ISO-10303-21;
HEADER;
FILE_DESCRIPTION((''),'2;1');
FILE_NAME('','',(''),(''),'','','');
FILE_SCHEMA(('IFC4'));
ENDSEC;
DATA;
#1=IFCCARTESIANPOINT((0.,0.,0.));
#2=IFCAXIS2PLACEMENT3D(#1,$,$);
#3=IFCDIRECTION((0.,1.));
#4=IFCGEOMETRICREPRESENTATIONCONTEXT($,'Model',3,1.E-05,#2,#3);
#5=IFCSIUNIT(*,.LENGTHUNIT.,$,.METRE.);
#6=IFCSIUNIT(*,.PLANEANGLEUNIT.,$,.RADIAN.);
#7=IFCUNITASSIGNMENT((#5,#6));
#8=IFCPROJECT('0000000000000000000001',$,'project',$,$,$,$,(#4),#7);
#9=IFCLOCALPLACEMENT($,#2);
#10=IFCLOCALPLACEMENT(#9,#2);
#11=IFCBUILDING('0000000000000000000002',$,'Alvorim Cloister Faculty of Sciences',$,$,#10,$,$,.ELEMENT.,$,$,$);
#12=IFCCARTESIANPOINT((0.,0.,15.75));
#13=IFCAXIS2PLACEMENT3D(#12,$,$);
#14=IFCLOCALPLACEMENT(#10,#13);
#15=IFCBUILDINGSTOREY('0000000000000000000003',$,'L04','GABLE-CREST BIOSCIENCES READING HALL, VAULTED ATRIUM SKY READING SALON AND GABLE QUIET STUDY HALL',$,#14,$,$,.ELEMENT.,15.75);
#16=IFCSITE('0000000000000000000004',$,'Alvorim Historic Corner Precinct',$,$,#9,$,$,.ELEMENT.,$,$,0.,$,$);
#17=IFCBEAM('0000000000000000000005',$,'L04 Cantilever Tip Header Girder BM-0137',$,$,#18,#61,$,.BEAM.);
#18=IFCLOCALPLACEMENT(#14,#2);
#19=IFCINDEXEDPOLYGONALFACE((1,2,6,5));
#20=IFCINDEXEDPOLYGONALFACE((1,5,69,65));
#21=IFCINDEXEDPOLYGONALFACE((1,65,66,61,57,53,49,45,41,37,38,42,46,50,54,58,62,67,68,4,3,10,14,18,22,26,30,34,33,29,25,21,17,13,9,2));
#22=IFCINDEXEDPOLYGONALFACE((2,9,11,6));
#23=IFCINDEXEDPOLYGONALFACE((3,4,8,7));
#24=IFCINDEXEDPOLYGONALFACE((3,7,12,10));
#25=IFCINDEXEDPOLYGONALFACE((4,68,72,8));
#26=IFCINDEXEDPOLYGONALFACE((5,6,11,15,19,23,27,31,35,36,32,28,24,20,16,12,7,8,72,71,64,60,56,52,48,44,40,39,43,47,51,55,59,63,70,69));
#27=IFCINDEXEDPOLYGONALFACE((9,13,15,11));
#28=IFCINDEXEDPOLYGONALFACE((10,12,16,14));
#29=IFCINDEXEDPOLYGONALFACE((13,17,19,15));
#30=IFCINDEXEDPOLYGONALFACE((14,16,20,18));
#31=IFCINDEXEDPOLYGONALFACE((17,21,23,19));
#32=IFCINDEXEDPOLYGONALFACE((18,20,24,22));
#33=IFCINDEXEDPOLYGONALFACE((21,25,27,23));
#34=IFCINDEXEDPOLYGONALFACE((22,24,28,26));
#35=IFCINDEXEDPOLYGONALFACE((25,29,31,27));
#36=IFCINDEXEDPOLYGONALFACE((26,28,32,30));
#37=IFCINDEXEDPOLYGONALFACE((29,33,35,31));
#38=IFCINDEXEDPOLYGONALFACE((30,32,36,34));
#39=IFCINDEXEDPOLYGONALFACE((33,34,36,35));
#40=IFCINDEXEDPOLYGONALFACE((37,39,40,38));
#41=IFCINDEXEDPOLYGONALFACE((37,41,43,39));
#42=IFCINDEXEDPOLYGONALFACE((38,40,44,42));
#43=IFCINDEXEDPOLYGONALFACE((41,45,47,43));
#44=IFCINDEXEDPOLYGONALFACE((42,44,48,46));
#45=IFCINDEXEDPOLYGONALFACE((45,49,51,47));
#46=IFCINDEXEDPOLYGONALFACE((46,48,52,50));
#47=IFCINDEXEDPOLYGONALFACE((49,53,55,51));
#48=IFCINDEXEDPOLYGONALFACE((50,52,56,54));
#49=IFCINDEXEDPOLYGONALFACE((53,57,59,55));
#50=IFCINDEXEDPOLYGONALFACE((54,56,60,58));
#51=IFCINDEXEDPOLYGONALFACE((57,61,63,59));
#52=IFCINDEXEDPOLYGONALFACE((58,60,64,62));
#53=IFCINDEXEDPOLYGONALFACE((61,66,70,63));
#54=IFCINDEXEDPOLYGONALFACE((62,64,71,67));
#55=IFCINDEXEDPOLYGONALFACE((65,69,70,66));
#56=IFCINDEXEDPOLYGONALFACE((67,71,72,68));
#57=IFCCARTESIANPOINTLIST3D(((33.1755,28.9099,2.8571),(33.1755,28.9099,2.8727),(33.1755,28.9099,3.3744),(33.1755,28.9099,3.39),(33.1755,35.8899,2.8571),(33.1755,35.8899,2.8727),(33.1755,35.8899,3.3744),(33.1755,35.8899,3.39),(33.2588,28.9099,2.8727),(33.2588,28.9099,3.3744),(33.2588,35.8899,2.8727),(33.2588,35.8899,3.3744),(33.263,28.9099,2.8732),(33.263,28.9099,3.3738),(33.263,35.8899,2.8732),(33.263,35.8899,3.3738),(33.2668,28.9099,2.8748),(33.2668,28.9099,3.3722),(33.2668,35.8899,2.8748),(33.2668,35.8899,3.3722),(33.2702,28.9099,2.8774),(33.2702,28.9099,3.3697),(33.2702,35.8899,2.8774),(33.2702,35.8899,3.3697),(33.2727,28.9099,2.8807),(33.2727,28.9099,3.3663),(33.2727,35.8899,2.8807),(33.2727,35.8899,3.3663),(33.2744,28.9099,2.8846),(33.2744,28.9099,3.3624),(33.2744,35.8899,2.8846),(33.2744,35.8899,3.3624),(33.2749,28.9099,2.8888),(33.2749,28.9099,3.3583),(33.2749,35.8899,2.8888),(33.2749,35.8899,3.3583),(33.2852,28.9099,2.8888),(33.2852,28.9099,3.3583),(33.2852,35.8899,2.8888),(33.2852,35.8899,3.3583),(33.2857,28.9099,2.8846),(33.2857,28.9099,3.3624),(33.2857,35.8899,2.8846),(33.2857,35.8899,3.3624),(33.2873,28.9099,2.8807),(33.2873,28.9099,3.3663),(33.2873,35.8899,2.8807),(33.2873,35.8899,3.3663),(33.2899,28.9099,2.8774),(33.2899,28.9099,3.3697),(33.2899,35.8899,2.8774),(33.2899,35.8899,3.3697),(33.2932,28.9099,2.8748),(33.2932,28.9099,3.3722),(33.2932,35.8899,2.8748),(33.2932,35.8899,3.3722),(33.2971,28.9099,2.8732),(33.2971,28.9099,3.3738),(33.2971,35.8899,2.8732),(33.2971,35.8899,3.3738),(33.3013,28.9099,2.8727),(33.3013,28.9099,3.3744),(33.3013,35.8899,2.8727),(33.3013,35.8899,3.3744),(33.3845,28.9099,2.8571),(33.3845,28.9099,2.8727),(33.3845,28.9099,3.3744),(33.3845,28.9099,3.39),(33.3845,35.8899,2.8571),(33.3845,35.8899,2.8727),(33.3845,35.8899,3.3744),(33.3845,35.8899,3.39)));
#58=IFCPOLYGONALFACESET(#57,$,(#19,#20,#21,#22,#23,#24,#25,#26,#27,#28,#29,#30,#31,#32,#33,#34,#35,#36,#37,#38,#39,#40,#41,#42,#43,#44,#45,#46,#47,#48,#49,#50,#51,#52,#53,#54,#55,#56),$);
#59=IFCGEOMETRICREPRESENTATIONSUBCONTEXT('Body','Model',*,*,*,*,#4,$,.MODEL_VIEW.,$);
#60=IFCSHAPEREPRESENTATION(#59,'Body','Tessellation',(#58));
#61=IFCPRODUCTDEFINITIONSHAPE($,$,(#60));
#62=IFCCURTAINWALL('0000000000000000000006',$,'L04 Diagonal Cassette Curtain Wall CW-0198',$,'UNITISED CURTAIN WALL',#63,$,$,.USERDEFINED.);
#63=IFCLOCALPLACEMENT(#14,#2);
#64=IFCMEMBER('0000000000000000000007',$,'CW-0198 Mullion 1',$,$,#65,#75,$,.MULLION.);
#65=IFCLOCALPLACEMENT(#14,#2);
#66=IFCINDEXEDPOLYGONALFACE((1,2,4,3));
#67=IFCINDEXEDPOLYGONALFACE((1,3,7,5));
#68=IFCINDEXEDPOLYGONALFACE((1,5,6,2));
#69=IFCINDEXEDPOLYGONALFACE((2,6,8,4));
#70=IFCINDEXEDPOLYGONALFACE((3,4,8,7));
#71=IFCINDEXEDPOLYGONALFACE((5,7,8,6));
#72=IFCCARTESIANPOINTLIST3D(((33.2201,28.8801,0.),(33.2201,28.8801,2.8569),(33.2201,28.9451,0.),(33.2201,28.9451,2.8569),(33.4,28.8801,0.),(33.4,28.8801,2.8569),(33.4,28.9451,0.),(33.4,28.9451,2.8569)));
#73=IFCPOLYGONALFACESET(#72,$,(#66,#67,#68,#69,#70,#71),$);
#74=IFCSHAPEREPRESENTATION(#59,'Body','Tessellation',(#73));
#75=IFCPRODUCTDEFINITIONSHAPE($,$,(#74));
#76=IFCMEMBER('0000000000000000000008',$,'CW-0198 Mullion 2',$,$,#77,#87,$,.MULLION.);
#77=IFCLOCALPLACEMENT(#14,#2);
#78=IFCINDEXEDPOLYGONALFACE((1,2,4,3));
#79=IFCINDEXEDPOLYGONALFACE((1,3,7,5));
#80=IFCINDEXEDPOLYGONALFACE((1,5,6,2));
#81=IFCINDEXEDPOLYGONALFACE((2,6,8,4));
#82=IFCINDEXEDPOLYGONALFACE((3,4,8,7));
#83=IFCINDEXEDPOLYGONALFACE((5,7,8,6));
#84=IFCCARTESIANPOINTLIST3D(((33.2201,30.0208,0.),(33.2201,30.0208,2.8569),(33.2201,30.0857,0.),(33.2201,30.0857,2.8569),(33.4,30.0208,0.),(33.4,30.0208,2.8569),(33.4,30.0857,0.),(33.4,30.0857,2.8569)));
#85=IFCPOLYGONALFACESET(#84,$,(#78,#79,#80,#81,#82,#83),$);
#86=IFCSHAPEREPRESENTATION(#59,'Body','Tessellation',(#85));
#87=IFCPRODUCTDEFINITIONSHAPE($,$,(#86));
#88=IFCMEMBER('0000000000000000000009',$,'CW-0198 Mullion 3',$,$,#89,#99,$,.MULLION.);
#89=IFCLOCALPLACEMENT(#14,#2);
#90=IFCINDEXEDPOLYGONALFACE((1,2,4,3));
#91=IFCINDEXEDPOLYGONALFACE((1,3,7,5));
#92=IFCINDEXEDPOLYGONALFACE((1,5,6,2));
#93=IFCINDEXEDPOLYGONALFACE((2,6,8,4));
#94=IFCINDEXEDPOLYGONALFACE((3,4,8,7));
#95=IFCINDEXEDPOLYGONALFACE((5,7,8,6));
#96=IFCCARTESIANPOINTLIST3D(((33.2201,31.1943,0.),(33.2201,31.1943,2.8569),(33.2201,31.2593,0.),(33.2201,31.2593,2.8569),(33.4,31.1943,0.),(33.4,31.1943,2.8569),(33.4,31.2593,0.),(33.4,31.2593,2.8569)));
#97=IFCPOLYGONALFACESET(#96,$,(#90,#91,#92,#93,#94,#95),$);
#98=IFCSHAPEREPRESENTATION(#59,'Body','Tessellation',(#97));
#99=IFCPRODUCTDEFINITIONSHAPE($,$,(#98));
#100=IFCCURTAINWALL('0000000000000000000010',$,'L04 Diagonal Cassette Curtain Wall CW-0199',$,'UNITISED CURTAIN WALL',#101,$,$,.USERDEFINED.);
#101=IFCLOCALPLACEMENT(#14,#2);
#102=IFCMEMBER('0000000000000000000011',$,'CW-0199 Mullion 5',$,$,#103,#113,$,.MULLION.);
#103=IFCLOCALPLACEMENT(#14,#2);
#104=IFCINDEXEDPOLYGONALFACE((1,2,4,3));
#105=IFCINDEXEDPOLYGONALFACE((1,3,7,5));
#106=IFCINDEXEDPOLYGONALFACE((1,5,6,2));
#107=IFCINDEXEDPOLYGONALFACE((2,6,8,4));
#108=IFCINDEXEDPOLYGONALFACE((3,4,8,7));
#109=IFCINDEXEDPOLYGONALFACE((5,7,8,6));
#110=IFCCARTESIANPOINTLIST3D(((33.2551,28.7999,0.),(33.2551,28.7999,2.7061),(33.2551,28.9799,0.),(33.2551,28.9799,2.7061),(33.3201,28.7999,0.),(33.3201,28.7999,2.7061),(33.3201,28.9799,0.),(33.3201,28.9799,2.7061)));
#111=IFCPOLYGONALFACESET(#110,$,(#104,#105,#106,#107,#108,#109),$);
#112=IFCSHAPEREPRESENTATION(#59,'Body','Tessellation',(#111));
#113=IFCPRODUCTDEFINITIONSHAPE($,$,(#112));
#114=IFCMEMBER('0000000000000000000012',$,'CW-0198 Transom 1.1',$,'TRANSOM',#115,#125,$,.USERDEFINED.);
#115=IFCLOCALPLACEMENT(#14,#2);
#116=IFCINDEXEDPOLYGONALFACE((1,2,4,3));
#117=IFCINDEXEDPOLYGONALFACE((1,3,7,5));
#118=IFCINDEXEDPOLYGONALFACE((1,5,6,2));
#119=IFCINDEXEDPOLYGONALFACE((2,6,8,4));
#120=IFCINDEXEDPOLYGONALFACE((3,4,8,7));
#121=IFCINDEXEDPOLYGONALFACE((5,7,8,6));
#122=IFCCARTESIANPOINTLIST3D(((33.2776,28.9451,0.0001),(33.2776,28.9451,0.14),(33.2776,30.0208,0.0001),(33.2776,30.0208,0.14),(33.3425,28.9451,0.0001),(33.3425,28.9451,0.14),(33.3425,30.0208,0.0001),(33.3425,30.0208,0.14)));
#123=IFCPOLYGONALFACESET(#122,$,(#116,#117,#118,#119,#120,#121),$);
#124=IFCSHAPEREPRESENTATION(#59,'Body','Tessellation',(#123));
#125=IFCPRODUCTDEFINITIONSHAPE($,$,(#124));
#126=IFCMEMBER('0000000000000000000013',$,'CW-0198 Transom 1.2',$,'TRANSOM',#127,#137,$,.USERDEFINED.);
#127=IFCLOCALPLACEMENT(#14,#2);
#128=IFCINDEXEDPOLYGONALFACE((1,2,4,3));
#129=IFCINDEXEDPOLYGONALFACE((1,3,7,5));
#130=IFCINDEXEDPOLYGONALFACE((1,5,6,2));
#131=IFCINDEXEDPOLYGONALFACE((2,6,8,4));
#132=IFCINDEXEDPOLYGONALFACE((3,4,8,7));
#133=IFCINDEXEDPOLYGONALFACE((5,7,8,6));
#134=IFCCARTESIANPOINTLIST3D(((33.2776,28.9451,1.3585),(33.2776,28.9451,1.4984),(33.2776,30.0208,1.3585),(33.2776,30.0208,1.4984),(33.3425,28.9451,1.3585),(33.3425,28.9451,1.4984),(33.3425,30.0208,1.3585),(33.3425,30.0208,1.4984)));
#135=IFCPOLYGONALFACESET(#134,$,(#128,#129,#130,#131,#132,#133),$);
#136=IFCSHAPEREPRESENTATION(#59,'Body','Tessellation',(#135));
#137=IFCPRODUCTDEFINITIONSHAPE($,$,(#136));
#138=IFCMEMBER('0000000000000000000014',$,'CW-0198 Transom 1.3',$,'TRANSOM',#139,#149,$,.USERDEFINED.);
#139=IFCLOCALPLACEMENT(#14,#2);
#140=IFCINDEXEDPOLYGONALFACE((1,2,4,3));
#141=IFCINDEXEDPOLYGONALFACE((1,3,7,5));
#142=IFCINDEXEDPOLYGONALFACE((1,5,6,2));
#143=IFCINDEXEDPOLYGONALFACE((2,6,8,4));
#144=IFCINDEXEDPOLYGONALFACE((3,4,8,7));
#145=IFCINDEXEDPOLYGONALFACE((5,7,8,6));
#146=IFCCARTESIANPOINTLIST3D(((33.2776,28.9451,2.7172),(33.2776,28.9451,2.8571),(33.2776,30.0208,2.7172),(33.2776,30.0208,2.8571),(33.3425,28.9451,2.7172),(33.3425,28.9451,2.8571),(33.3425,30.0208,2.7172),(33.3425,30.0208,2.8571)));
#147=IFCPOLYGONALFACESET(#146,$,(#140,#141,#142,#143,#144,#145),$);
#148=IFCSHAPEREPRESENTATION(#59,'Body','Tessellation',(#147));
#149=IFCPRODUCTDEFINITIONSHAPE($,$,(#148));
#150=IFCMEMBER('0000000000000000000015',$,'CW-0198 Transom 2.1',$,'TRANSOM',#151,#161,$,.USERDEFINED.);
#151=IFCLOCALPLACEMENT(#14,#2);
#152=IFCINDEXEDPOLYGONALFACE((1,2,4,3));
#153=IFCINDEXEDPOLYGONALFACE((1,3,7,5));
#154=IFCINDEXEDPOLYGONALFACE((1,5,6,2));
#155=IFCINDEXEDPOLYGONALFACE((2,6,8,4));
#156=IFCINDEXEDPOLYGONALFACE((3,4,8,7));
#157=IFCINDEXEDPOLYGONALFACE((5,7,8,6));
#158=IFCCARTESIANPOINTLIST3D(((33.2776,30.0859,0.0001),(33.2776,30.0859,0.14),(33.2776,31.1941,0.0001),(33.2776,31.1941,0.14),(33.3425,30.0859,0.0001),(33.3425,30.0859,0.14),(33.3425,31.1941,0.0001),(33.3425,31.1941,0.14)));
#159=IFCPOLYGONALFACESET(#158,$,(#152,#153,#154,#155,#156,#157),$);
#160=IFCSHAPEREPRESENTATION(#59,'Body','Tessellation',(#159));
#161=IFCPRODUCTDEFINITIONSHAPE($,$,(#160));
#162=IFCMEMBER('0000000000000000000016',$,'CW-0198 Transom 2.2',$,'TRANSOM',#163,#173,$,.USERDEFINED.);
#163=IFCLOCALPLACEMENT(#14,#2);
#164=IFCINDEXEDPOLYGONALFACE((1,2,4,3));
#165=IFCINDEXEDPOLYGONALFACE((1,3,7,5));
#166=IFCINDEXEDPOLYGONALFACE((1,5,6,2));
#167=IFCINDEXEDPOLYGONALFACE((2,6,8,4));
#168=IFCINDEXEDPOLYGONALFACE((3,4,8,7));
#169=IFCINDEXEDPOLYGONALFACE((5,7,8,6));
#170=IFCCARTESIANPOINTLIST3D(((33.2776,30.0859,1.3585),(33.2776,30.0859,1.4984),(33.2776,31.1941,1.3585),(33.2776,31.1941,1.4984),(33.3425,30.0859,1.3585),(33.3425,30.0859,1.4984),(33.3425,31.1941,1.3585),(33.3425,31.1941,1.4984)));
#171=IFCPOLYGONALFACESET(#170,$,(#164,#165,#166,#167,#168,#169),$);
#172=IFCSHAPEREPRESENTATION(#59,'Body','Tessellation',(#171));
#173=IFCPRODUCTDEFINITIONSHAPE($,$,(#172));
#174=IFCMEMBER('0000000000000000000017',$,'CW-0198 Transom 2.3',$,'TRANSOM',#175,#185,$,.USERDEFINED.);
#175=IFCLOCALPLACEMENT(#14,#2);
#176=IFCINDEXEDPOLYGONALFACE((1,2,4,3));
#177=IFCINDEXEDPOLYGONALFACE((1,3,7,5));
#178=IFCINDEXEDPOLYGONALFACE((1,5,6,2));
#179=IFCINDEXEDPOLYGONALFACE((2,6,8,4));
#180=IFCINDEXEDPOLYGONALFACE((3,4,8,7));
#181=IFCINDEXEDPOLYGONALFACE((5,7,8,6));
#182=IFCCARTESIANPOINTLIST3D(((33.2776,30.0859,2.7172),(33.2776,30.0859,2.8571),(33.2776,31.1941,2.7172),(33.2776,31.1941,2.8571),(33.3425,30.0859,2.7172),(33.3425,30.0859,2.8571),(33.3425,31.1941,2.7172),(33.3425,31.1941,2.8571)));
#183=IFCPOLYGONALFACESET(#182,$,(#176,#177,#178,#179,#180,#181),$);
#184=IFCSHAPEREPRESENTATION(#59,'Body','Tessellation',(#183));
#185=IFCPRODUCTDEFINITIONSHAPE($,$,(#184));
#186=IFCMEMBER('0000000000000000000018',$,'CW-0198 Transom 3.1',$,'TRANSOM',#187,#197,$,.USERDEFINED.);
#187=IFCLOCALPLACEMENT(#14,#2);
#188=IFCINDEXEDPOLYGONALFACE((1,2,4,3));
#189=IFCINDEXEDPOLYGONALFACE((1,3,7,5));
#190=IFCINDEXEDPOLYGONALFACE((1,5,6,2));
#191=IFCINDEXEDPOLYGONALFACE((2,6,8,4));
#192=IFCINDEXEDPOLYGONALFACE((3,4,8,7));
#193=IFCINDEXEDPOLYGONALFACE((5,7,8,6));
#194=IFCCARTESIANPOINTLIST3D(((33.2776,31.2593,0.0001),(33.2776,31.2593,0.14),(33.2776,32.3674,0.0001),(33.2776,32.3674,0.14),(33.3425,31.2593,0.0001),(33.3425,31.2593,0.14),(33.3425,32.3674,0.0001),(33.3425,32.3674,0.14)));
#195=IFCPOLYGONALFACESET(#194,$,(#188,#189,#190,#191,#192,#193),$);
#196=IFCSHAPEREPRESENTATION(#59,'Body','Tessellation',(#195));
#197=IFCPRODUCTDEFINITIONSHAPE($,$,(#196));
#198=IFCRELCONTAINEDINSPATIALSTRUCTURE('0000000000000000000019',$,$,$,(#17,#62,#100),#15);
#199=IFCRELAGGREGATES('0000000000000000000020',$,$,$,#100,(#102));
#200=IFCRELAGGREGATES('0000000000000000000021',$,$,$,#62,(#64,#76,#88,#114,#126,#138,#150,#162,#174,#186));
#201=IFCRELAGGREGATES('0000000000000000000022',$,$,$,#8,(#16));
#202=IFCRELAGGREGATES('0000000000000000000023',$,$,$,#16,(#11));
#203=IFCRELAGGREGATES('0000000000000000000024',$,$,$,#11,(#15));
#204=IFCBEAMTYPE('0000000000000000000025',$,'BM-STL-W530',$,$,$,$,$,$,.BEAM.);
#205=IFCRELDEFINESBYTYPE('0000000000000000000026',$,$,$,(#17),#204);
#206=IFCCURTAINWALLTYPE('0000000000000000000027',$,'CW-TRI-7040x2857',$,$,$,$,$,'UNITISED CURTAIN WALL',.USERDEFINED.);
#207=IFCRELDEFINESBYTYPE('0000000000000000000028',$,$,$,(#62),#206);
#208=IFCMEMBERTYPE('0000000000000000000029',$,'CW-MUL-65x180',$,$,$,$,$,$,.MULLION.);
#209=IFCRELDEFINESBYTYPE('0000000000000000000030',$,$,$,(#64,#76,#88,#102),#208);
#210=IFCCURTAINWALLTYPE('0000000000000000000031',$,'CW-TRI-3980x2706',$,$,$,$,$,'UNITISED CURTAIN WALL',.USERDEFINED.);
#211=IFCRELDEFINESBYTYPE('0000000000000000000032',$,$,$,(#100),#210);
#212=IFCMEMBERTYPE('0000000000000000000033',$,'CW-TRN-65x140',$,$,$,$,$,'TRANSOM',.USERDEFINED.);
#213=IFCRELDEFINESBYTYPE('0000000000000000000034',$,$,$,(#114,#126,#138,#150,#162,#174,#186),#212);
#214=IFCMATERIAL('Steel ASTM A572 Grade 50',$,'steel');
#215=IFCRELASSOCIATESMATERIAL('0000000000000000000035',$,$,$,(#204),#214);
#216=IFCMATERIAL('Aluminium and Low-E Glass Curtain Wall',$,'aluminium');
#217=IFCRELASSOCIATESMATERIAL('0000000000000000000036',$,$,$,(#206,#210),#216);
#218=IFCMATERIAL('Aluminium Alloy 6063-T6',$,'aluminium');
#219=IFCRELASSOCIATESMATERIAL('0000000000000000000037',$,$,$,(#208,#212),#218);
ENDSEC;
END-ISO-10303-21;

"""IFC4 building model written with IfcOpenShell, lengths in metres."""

from ifc_helpers import new_model, si_unit, direction, frame, origin, origin_2d, place, context, subcontext, project, spatial, rectangle, i_section, extrude, material, material_profile, profile_set, type_object, element, aggregate, save


model = new_model("IFC4")

# Units and contexts
model_context = context("Model", 3, precision=1e-05, world=origin(), true_north=direction((0.0, 1.0)))
body_context = subcontext(model_context, "Body", "Model", "MODEL_VIEW")
ifc_project = project(units=[si_unit("LENGTHUNIT", "METRE"), si_unit("PLANEANGLEUNIT", "RADIAN")], contexts=[model_context])

# Site, building, storey
site_placement = place(None, origin())
site = spatial("IfcSite", under=ifc_project, at=site_placement, Name="Alvorim Historic Corner Precinct", CompositionType="ELEMENT", RefElevation=0.0)
building_placement = place(site_placement, origin())
building = spatial("IfcBuilding", under=site, at=building_placement, Name="Alvorim Cloister Faculty of Sciences", CompositionType="ELEMENT")
storey_placement = place(building_placement, frame((0.0, 0.0, 15.75)))
storey = spatial("IfcBuildingStorey", under=building, at=storey_placement, Name="L04", Description="GABLE-CREST BIOSCIENCES READING HALL, VAULTED ATRIUM SKY READING SALON AND GABLE QUIET STUDY HALL", CompositionType="ELEMENT", Elevation=15.75)

# Beam
ifc_material_1 = material(Name="Steel ASTM A572 Grade 50", Category="steel")
ifc_material_profile_1 = material_profile(ifc_material_1, i_section(OverallWidth=0.209, OverallDepth=0.533, WebThickness=0.0103, FlangeThickness=0.0156, FilletRadius=0.0161, at=origin_2d()), Name="W530x92.0")
ifc_profile_set_1 = profile_set([ifc_material_profile_1], Name="Steel ASTM A572 Grade 50")
beam_type = type_object("IfcBeamType", Name="BM-STL-W530", PredefinedType="BEAM", material=ifc_profile_set_1)
beam_placement = place(storey_placement, frame((33.28, 28.9099, 3.1235), z_axis=(0.0, 1.0, 0.0), x_axis=(-1.0, 0.0, 0.0)))
element("IfcBeam", 1, at=beam_placement, inside=storey, type_object=beam_type, Name="L04 Cantilever Tip Header Girder BM-0137", PredefinedType="BEAM", context=body_context, shape_type="SweptSolid", body=[
    extrude(i_section(OverallWidth=0.209, OverallDepth=0.533, WebThickness=0.0103, FlangeThickness=0.0156, FilletRadius=0.0161, at=origin_2d()), origin(), (0.0, 0.0, 1.0), 6.98),
])

# Curtain wall, members
ifc_material_2 = material(Name="Aluminium and Low-E Glass Curtain Wall", Category="aluminium")
curtain_wall_type_1 = type_object("IfcCurtainWallType", Name="CW-TRI-7040x2857", ElementType="UNITISED CURTAIN WALL", PredefinedType="USERDEFINED", material=ifc_material_2)
curtain_wall_1_placement = place(storey_placement, origin())
curtain_wall_1 = element("IfcCurtainWall", 2, at=curtain_wall_1_placement, inside=storey, type_object=curtain_wall_type_1, Name="L04 Diagonal Cassette Curtain Wall CW-0198", ObjectType="UNITISED CURTAIN WALL", PredefinedType="USERDEFINED")
ifc_material_3 = material(Name="Aluminium Alloy 6063-T6", Category="aluminium")
ifc_material_profile_2 = material_profile(ifc_material_3, rectangle(XDim=0.0649, YDim=0.1799, at=origin_2d()), Name="ALU-MUL-65x180")
ifc_profile_set_2 = profile_set([ifc_material_profile_2], Name="Aluminium Alloy 6063-T6")
member_type_1 = type_object("IfcMemberType", Name="CW-MUL-65x180", PredefinedType="MULLION", material=ifc_profile_set_2)
member_1_placement = place(storey_placement, frame((33.3101, 28.9126, 0.0), z_axis=(0.0, 0.0, 1.0), x_axis=(0.0, 1.0, 0.0)))
member_1 = element("IfcMember", 3, at=member_1_placement, type_object=member_type_1, Name="CW-0198 Mullion 1", PredefinedType="MULLION", context=body_context, shape_type="SweptSolid", body=[
    extrude(rectangle(XDim=0.0649, YDim=0.1799, at=origin_2d()), origin(), (0.0, 0.0, 1.0), 2.8569),
])
member_2_placement = place(storey_placement, frame((33.3101, 30.0532, 0.0), z_axis=(0.0, 0.0, 1.0), x_axis=(0.0, 1.0, 0.0)))
member_2 = element("IfcMember", 4, at=member_2_placement, type_object=member_type_1, Name="CW-0198 Mullion 2", PredefinedType="MULLION", context=body_context, shape_type="SweptSolid", body=[
    extrude(rectangle(XDim=0.0649, YDim=0.1799, at=origin_2d()), origin(), (0.0, 0.0, 1.0), 2.8569),
])
member_3_placement = place(storey_placement, frame((33.3101, 31.2268, 0.0), z_axis=(0.0, 0.0, 1.0), x_axis=(0.0, 1.0, 0.0)))
member_3 = element("IfcMember", 5, at=member_3_placement, type_object=member_type_1, Name="CW-0198 Mullion 3", PredefinedType="MULLION", context=body_context, shape_type="SweptSolid", body=[
    extrude(rectangle(XDim=0.0649, YDim=0.1799, at=origin_2d()), origin(), (0.0, 0.0, 1.0), 2.8569),
])

# Curtain wall, member
curtain_wall_type_2 = type_object("IfcCurtainWallType", Name="CW-TRI-3980x2706", ElementType="UNITISED CURTAIN WALL", PredefinedType="USERDEFINED", material=ifc_material_2)
curtain_wall_2_placement = place(storey_placement, origin())
curtain_wall_2 = element("IfcCurtainWall", 6, at=curtain_wall_2_placement, inside=storey, type_object=curtain_wall_type_2, Name="L04 Diagonal Cassette Curtain Wall CW-0199", ObjectType="UNITISED CURTAIN WALL", PredefinedType="USERDEFINED")
member_4_placement = place(storey_placement, frame((33.2876, 28.8899, 0.0), z_axis=(0.0, 0.0, 1.0), x_axis=(1.0, 0.0, 0.0)))
member_4 = element("IfcMember", 7, at=member_4_placement, type_object=member_type_1, Name="CW-0199 Mullion 5", PredefinedType="MULLION", context=body_context, shape_type="SweptSolid", body=[
    extrude(rectangle(XDim=0.0649, YDim=0.1799, at=origin_2d()), origin(), (0.0, 0.0, 1.0), 2.7061),
])
aggregate(curtain_wall_2, [member_4])

# Members
ifc_material_profile_3 = material_profile(ifc_material_3, rectangle(XDim=0.0649, YDim=0.1399, at=origin_2d()), Name="ALU-TRN-65x140")
ifc_profile_set_3 = profile_set([ifc_material_profile_3], Name="Aluminium Alloy 6063-T6")
member_type_2 = type_object("IfcMemberType", Name="CW-TRN-65x140", ElementType="TRANSOM", PredefinedType="USERDEFINED", material=ifc_profile_set_3)
member_5_placement = place(storey_placement, frame((33.3101, 28.9451, 0.0701), z_axis=(0.0, 1.0, 0.0), x_axis=(-1.0, 0.0, 0.0)))
member_5 = element("IfcMember", 8, at=member_5_placement, type_object=member_type_2, Name="CW-0198 Transom 1.1", ObjectType="TRANSOM", PredefinedType="USERDEFINED", context=body_context, shape_type="SweptSolid", body=[
    extrude(rectangle(XDim=0.0649, YDim=0.1399, at=origin_2d()), origin(), (0.0, 0.0, 1.0), 1.0757),
])
member_6_placement = place(storey_placement, frame((33.3101, 28.9451, 1.4285), z_axis=(0.0, 1.0, 0.0), x_axis=(-1.0, 0.0, 0.0)))
member_6 = element("IfcMember", 9, at=member_6_placement, type_object=member_type_2, Name="CW-0198 Transom 1.2", ObjectType="TRANSOM", PredefinedType="USERDEFINED", context=body_context, shape_type="SweptSolid", body=[
    extrude(rectangle(XDim=0.0649, YDim=0.1399, at=origin_2d()), origin(), (0.0, 0.0, 1.0), 1.0757),
])
member_7_placement = place(storey_placement, frame((33.3101, 28.9451, 2.7871), z_axis=(0.0, 1.0, 0.0), x_axis=(-1.0, 0.0, 0.0)))
member_7 = element("IfcMember", 10, at=member_7_placement, type_object=member_type_2, Name="CW-0198 Transom 1.3", ObjectType="TRANSOM", PredefinedType="USERDEFINED", context=body_context, shape_type="SweptSolid", body=[
    extrude(rectangle(XDim=0.0649, YDim=0.1399, at=origin_2d()), origin(), (0.0, 0.0, 1.0), 1.0757),
])
member_8_placement = place(storey_placement, frame((33.3101, 30.0859, 0.0701), z_axis=(0.0, 1.0, 0.0), x_axis=(-1.0, 0.0, 0.0)))
member_8 = element("IfcMember", 11, at=member_8_placement, type_object=member_type_2, Name="CW-0198 Transom 2.1", ObjectType="TRANSOM", PredefinedType="USERDEFINED", context=body_context, shape_type="SweptSolid", body=[
    extrude(rectangle(XDim=0.0649, YDim=0.1399, at=origin_2d()), origin(), (0.0, 0.0, 1.0), 1.1082),
])
member_9_placement = place(storey_placement, frame((33.3101, 30.0859, 1.4285), z_axis=(0.0, 1.0, 0.0), x_axis=(-1.0, 0.0, 0.0)))
member_9 = element("IfcMember", 12, at=member_9_placement, type_object=member_type_2, Name="CW-0198 Transom 2.2", ObjectType="TRANSOM", PredefinedType="USERDEFINED", context=body_context, shape_type="SweptSolid", body=[
    extrude(rectangle(XDim=0.0649, YDim=0.1399, at=origin_2d()), origin(), (0.0, 0.0, 1.0), 1.1082),
])
member_10_placement = place(storey_placement, frame((33.3101, 30.0859, 2.7871), z_axis=(0.0, 1.0, 0.0), x_axis=(-1.0, 0.0, 0.0)))
member_10 = element("IfcMember", 13, at=member_10_placement, type_object=member_type_2, Name="CW-0198 Transom 2.3", ObjectType="TRANSOM", PredefinedType="USERDEFINED", context=body_context, shape_type="SweptSolid", body=[
    extrude(rectangle(XDim=0.0649, YDim=0.1399, at=origin_2d()), origin(), (0.0, 0.0, 1.0), 1.1082),
])
member_11_placement = place(storey_placement, frame((33.3101, 31.2593, 0.0701), z_axis=(0.0, 1.0, 0.0), x_axis=(-1.0, 0.0, 0.0)))
member_11 = element("IfcMember", 14, at=member_11_placement, type_object=member_type_2, Name="CW-0198 Transom 3.1", ObjectType="TRANSOM", PredefinedType="USERDEFINED", context=body_context, shape_type="SweptSolid", body=[
    extrude(rectangle(XDim=0.0649, YDim=0.1399, at=origin_2d()), origin(), (0.0, 0.0, 1.0), 1.1082),
])

aggregate(curtain_wall_1, [member_1, member_2, member_3, member_5, member_6, member_7, member_8, member_9, member_10, member_11])

save(model, "model.ifc")
